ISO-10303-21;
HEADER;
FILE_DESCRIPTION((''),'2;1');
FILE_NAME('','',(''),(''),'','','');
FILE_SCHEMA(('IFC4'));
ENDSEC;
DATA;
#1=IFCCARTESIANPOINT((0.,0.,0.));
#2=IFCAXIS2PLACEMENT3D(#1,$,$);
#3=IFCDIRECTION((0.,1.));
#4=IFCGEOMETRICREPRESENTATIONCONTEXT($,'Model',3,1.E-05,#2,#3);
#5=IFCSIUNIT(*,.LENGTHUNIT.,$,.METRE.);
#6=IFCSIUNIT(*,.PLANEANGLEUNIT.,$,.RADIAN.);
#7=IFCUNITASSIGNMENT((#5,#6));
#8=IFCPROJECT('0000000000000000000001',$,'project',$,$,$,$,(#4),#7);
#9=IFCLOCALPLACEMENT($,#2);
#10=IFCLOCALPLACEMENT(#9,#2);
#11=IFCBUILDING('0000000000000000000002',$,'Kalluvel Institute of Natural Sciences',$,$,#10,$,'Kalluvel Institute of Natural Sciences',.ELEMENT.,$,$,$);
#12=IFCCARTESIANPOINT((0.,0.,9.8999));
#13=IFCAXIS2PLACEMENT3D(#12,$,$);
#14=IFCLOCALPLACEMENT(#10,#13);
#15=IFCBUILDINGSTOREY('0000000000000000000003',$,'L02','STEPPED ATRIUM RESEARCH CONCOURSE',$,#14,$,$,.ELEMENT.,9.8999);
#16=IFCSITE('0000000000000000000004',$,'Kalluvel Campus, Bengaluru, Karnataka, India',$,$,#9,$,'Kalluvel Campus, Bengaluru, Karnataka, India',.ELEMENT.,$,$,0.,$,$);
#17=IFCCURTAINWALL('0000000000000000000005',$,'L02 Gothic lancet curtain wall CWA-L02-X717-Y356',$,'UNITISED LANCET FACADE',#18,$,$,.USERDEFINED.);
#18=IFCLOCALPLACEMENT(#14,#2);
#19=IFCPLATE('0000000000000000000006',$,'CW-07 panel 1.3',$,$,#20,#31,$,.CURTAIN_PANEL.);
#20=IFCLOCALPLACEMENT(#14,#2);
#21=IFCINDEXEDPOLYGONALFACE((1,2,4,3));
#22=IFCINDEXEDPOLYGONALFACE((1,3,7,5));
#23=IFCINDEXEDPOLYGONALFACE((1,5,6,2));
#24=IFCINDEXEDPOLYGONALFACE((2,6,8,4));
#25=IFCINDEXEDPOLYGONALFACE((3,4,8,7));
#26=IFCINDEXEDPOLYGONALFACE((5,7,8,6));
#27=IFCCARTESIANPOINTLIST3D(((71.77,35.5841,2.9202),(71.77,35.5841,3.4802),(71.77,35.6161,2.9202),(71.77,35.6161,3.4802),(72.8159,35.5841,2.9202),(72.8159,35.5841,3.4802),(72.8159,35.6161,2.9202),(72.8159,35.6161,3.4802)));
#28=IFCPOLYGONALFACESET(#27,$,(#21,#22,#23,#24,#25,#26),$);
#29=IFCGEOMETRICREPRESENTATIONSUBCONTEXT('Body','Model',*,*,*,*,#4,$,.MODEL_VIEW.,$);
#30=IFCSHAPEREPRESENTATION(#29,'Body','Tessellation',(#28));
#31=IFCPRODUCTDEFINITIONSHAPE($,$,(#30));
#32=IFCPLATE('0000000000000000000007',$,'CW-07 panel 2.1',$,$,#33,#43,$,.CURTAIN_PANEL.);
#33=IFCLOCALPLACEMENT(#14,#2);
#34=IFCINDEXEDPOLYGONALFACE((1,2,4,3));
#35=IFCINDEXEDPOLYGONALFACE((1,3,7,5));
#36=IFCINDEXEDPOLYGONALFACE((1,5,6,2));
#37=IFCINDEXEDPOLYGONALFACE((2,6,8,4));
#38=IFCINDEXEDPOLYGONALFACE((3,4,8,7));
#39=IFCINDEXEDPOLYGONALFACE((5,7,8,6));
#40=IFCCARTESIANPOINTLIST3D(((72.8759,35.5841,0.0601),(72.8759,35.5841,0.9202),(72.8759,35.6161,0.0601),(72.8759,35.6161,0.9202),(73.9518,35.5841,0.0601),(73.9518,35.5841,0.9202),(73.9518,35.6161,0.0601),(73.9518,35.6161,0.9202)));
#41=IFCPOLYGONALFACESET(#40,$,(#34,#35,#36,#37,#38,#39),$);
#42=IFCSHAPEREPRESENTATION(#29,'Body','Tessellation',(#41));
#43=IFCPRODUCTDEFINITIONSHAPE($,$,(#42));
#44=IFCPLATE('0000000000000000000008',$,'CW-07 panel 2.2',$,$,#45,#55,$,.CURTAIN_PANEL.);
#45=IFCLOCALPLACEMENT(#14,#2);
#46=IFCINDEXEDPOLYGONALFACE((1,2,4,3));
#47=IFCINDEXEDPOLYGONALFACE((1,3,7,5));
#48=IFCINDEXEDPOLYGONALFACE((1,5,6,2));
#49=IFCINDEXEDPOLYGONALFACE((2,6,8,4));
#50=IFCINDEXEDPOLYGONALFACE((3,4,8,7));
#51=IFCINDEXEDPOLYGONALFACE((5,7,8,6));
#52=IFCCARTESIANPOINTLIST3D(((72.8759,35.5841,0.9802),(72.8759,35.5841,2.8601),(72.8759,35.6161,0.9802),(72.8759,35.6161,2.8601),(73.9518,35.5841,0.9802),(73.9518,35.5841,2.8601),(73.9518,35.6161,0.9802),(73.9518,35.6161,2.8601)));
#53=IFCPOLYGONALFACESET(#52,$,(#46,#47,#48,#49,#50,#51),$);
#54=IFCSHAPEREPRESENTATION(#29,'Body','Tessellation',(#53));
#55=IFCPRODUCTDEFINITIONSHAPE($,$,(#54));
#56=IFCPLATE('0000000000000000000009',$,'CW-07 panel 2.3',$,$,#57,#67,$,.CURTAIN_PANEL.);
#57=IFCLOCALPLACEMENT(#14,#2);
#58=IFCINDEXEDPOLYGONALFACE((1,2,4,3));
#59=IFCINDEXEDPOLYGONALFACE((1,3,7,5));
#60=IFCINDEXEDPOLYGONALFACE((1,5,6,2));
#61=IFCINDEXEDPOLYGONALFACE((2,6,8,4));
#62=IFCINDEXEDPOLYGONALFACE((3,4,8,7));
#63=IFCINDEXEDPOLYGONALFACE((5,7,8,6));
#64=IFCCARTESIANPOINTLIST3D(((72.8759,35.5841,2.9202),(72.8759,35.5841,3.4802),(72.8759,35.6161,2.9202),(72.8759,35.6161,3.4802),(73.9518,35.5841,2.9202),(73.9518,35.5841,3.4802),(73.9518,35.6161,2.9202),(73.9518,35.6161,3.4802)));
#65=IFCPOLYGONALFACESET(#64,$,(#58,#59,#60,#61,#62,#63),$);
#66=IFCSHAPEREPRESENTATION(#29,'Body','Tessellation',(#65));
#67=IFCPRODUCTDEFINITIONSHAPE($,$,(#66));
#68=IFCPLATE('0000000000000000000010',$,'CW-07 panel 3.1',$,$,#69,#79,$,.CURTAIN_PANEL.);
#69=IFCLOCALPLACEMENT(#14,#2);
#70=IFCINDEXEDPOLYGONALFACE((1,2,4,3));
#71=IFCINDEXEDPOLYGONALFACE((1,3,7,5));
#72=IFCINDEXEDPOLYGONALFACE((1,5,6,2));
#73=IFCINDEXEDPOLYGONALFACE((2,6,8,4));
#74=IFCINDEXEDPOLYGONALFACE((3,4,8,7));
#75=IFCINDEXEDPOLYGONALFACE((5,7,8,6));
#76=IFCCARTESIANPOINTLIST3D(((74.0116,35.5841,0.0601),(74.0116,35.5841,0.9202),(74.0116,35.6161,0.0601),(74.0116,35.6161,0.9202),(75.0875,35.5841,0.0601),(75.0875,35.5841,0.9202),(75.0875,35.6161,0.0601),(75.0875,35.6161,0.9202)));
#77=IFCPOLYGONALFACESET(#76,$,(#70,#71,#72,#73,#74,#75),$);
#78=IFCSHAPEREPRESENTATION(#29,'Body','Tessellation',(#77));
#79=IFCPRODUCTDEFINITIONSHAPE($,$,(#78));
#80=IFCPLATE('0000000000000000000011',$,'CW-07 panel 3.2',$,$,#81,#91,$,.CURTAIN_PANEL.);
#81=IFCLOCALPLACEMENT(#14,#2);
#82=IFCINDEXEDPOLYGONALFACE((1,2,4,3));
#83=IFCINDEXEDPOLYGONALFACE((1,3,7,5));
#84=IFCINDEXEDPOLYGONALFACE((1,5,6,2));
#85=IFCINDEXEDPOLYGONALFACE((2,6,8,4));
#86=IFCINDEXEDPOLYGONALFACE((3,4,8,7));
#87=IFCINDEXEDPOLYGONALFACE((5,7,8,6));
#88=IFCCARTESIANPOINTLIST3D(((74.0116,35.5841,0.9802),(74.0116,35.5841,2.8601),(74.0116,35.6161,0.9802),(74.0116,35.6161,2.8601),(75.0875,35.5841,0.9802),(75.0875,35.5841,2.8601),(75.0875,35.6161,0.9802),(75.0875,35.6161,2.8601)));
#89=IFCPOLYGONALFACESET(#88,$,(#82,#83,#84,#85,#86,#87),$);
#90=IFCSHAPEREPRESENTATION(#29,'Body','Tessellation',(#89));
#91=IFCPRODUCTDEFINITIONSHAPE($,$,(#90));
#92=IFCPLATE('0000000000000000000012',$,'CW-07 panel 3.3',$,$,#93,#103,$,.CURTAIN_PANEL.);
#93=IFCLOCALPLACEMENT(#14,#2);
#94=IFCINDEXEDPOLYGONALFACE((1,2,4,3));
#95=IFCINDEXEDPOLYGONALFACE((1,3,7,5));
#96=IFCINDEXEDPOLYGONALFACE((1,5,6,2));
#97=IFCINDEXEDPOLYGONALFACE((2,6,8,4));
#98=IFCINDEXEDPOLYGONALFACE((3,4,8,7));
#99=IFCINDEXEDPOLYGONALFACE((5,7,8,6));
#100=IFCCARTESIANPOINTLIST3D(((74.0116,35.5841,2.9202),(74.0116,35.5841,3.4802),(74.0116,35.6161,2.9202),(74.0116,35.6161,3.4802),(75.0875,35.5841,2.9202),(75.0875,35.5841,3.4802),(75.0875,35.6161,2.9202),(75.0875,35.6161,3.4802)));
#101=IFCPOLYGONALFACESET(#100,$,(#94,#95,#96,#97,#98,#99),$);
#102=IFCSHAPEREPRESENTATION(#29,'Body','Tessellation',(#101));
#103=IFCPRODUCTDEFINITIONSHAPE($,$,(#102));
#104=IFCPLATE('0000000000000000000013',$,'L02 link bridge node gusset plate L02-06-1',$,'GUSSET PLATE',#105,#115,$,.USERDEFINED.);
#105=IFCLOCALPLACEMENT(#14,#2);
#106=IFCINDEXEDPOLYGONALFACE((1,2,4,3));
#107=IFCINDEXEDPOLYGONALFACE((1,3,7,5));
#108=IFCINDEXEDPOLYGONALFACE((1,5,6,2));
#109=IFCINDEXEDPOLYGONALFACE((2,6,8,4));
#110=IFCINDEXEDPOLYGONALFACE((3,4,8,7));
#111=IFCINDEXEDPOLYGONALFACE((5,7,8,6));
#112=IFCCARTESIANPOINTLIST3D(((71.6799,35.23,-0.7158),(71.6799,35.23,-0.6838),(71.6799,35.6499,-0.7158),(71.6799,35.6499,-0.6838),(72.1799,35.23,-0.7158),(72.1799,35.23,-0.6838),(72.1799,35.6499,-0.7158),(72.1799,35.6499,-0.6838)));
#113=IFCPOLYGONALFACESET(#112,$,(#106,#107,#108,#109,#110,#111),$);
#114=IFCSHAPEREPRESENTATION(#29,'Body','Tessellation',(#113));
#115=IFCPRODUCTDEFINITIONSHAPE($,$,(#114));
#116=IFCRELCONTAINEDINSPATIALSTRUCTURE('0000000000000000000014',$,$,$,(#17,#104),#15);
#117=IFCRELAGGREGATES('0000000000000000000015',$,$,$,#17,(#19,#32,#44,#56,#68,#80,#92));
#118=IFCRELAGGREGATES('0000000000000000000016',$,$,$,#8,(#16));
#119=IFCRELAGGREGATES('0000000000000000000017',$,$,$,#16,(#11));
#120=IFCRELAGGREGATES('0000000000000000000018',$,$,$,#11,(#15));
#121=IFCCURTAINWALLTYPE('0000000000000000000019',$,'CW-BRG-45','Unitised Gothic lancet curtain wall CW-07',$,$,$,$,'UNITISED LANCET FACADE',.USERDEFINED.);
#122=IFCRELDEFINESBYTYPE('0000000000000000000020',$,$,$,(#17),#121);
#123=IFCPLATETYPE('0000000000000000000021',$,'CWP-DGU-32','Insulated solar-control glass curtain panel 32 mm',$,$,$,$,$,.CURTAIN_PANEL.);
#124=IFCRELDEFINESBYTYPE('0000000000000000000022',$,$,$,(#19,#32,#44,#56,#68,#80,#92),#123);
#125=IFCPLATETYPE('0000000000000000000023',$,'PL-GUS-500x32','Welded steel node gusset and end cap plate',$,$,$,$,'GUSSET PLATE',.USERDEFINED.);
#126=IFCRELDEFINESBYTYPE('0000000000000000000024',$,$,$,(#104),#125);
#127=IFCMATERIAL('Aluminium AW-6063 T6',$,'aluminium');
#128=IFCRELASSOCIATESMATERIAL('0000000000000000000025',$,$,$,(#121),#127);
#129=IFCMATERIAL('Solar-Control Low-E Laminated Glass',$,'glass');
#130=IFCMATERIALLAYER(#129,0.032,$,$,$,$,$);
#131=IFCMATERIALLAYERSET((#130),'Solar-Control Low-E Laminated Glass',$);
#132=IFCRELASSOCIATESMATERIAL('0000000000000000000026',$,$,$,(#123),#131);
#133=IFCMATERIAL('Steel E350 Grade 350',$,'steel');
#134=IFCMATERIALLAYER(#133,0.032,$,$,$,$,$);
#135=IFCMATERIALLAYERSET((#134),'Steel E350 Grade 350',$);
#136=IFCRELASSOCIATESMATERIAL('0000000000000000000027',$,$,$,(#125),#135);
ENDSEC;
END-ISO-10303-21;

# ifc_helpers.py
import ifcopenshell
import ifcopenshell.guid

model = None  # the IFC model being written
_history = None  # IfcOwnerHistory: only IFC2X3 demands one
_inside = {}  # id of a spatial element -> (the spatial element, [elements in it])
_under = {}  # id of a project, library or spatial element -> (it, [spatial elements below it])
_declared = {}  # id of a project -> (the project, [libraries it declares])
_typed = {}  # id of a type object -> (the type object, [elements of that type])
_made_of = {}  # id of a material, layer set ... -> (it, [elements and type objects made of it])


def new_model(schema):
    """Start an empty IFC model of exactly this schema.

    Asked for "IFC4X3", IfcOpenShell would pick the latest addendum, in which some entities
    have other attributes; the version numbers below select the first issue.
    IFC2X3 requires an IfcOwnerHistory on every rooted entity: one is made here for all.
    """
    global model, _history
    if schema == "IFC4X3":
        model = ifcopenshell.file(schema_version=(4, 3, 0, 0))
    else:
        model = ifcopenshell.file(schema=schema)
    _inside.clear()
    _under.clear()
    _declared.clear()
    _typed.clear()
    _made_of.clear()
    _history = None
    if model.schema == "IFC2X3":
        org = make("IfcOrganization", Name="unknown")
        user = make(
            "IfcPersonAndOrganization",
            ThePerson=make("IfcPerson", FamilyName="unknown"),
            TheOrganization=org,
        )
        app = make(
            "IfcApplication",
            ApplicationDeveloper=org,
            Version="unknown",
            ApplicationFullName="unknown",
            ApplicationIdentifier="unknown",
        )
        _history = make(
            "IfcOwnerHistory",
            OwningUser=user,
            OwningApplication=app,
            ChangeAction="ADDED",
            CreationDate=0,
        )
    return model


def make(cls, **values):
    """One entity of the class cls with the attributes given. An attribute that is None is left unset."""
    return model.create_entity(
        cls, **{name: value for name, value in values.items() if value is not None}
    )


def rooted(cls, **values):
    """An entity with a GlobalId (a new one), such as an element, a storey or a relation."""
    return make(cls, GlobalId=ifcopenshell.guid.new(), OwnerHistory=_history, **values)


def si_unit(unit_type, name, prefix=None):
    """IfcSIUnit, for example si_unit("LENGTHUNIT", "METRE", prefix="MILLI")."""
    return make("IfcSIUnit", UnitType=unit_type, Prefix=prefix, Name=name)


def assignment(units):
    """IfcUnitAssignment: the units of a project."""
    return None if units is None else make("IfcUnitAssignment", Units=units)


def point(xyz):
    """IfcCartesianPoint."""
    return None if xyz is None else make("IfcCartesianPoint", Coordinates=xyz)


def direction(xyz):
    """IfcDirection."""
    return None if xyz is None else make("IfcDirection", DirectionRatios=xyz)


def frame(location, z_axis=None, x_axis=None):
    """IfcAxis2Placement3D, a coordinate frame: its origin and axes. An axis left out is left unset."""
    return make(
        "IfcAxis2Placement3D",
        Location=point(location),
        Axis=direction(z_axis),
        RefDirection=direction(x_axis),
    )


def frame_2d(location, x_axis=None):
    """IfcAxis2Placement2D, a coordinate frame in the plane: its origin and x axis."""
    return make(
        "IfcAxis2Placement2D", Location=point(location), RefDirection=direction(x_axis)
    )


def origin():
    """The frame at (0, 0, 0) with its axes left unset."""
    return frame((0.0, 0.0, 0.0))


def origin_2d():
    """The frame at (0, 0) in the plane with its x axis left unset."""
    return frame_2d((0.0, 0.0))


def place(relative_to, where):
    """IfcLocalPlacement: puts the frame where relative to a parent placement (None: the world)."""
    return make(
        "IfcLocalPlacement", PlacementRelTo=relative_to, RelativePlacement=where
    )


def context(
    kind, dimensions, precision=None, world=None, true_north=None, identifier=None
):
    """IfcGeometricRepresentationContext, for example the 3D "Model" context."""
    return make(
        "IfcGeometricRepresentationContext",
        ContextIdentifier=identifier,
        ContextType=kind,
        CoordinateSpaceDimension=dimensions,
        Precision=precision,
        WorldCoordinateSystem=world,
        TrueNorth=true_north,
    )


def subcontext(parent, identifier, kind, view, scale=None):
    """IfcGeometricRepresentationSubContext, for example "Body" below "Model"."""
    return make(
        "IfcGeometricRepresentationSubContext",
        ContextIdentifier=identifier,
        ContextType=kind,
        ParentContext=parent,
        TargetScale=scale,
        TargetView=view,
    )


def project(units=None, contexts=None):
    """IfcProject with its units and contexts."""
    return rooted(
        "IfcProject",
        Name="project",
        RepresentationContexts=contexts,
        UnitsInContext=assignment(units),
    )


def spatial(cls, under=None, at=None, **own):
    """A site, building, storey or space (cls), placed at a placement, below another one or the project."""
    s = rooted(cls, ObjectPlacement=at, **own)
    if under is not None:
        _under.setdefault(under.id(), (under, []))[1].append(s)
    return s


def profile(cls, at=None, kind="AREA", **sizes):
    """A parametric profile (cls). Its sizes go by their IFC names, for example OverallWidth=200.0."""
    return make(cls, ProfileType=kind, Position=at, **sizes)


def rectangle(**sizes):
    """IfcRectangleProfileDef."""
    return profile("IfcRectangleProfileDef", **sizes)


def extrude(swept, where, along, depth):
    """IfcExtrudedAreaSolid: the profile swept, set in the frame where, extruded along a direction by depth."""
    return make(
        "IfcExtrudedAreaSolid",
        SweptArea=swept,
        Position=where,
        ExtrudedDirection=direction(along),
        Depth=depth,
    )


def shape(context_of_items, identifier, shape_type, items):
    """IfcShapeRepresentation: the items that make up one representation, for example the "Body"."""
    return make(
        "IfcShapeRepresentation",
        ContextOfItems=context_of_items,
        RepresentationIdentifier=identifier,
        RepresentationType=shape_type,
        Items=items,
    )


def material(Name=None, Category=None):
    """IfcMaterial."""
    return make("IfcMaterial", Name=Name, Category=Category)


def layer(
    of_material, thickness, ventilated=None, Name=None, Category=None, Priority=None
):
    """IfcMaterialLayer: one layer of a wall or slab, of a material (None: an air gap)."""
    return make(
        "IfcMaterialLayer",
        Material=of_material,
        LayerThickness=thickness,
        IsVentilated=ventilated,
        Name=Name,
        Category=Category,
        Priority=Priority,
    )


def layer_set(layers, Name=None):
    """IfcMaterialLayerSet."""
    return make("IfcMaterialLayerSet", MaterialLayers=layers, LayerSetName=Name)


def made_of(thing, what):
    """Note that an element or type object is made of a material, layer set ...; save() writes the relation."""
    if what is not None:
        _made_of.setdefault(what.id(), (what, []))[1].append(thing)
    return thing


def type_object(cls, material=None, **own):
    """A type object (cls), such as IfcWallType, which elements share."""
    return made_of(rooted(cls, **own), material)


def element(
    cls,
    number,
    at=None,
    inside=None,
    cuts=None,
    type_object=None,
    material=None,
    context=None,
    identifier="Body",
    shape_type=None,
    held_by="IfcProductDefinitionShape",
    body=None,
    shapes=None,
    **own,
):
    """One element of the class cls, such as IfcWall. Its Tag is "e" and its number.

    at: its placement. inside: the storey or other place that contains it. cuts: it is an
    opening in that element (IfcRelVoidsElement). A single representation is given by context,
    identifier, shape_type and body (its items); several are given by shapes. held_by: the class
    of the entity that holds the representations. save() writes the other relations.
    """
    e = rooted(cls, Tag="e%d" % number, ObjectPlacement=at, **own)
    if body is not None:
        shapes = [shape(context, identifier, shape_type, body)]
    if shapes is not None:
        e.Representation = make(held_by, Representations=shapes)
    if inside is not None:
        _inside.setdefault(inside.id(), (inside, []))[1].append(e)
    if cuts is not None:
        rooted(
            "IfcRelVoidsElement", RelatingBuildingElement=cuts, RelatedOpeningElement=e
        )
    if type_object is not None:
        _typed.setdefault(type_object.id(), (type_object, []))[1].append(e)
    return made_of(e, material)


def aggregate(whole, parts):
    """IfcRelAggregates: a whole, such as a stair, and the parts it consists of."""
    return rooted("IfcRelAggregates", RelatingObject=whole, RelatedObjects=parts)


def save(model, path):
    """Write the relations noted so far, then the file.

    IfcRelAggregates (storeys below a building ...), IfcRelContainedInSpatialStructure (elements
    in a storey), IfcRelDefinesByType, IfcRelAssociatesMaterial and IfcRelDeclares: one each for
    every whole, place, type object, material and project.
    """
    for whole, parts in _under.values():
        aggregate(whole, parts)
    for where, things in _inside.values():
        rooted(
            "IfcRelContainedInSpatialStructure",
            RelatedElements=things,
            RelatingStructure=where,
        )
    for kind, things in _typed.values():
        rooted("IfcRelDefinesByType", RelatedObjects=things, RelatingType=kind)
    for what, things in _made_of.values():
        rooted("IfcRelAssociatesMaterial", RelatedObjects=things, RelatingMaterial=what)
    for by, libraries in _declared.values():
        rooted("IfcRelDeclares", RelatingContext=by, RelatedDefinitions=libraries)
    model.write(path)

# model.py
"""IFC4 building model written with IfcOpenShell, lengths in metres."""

from ifc_helpers import new_model, si_unit, direction, frame, origin, origin_2d, place, context, subcontext, project, spatial, rectangle, extrude, material, layer, layer_set, type_object, element, aggregate, save


model = new_model("IFC4")

# Units and contexts
model_context = context("Model", 3, precision=1e-05, world=origin(), true_north=direction((0.0, 1.0)))
body_context = subcontext(model_context, "Body", "Model", "MODEL_VIEW")
ifc_project = project(units=[si_unit("LENGTHUNIT", "METRE"), si_unit("PLANEANGLEUNIT", "RADIAN")], contexts=[model_context])

# Site, building, storey
site_placement = place(None, origin())
site = spatial("IfcSite", under=ifc_project, at=site_placement, Name="Kalluvel Campus, Bengaluru, Karnataka, India", LongName="Kalluvel Campus, Bengaluru, Karnataka, India", CompositionType="ELEMENT", RefElevation=0.0)
building_placement = place(site_placement, origin())
building = spatial("IfcBuilding", under=site, at=building_placement, Name="Kalluvel Institute of Natural Sciences", LongName="Kalluvel Institute of Natural Sciences", CompositionType="ELEMENT")
storey_placement = place(building_placement, frame((0.0, 0.0, 9.8999)))
storey = spatial("IfcBuildingStorey", under=building, at=storey_placement, Name="L02", Description="STEPPED ATRIUM RESEARCH CONCOURSE", CompositionType="ELEMENT", Elevation=9.8999)

# Curtain wall
ifc_material_1 = material(Name="Aluminium AW-6063 T6", Category="aluminium")
curtain_wall_type = type_object("IfcCurtainWallType", Name="CW-BRG-45", Description="Unitised Gothic lancet curtain wall CW-07", ElementType="UNITISED LANCET FACADE", PredefinedType="USERDEFINED", material=ifc_material_1)
curtain_wall_placement = place(storey_placement, origin())
curtain_wall = element("IfcCurtainWall", 1, at=curtain_wall_placement, inside=storey, type_object=curtain_wall_type, Name="L02 Gothic lancet curtain wall CWA-L02-X717-Y356", ObjectType="UNITISED LANCET FACADE", PredefinedType="USERDEFINED")

# Shared definitions
ifc_material_2 = material(Name="Steel E350 Grade 350", Category="steel")

# Plates
ifc_material_3 = material(Name="Solar-Control Low-E Laminated Glass", Category="glass")
ifc_layer_1 = layer(ifc_material_3, 0.032)
ifc_layer_set_1 = layer_set([ifc_layer_1], Name="Solar-Control Low-E Laminated Glass")
plate_type_1 = type_object("IfcPlateType", Name="CWP-DGU-32", Description="Insulated solar-control glass curtain panel 32 mm", PredefinedType="CURTAIN_PANEL", material=ifc_layer_set_1)
plate_1_placement = place(storey_placement, frame((72.293, 35.6001, 2.9202), z_axis=(0.0, 0.0, 1.0), x_axis=(1.0, 0.0, 0.0)))
plate_1 = element("IfcPlate", 2, at=plate_1_placement, type_object=plate_type_1, Name="CW-07 panel 1.3", PredefinedType="CURTAIN_PANEL", context=body_context, shape_type="SweptSolid", body=[
    extrude(rectangle(XDim=1.0459, YDim=0.032, at=origin_2d()), origin(), (0.0, 0.0, 1.0), 0.5601),
])
plate_2_placement = place(storey_placement, frame((73.4138, 35.6001, 0.0601), z_axis=(0.0, 0.0, 1.0), x_axis=(1.0, 0.0, 0.0)))
plate_2 = element("IfcPlate", 3, at=plate_2_placement, type_object=plate_type_1, Name="CW-07 panel 2.1", PredefinedType="CURTAIN_PANEL", context=body_context, shape_type="SweptSolid", body=[
    extrude(rectangle(XDim=1.0759, YDim=0.032, at=origin_2d()), origin(), (0.0, 0.0, 1.0), 0.8601),
])
plate_3_placement = place(storey_placement, frame((73.4138, 35.6001, 0.9802), z_axis=(0.0, 0.0, 1.0), x_axis=(1.0, 0.0, 0.0)))
plate_3 = element("IfcPlate", 4, at=plate_3_placement, type_object=plate_type_1, Name="CW-07 panel 2.2", PredefinedType="CURTAIN_PANEL", context=body_context, shape_type="SweptSolid", body=[
    extrude(rectangle(XDim=1.0759, YDim=0.032, at=origin_2d()), origin(), (0.0, 0.0, 1.0), 1.8799),
])
plate_4_placement = place(storey_placement, frame((73.4138, 35.6001, 2.9202), z_axis=(0.0, 0.0, 1.0), x_axis=(1.0, 0.0, 0.0)))
plate_4 = element("IfcPlate", 5, at=plate_4_placement, type_object=plate_type_1, Name="CW-07 panel 2.3", PredefinedType="CURTAIN_PANEL", context=body_context, shape_type="SweptSolid", body=[
    extrude(rectangle(XDim=1.0759, YDim=0.032, at=origin_2d()), origin(), (0.0, 0.0, 1.0), 0.5601),
])
plate_5_placement = place(storey_placement, frame((74.5496, 35.6001, 0.0601), z_axis=(0.0, 0.0, 1.0), x_axis=(1.0, 0.0, 0.0)))
plate_5 = element("IfcPlate", 6, at=plate_5_placement, type_object=plate_type_1, Name="CW-07 panel 3.1", PredefinedType="CURTAIN_PANEL", context=body_context, shape_type="SweptSolid", body=[
    extrude(rectangle(XDim=1.0759, YDim=0.032, at=origin_2d()), origin(), (0.0, 0.0, 1.0), 0.8601),
])
plate_6_placement = place(storey_placement, frame((74.5496, 35.6001, 0.9802), z_axis=(0.0, 0.0, 1.0), x_axis=(1.0, 0.0, 0.0)))
plate_6 = element("IfcPlate", 7, at=plate_6_placement, type_object=plate_type_1, Name="CW-07 panel 3.2", PredefinedType="CURTAIN_PANEL", context=body_context, shape_type="SweptSolid", body=[
    extrude(rectangle(XDim=1.0759, YDim=0.032, at=origin_2d()), origin(), (0.0, 0.0, 1.0), 1.8799),
])
plate_7_placement = place(storey_placement, frame((74.5496, 35.6001, 2.9202), z_axis=(0.0, 0.0, 1.0), x_axis=(1.0, 0.0, 0.0)))
plate_7 = element("IfcPlate", 8, at=plate_7_placement, type_object=plate_type_1, Name="CW-07 panel 3.3", PredefinedType="CURTAIN_PANEL", context=body_context, shape_type="SweptSolid", body=[
    extrude(rectangle(XDim=1.0759, YDim=0.032, at=origin_2d()), origin(), (0.0, 0.0, 1.0), 0.5601),
])
aggregate(curtain_wall, [plate_1, plate_2, plate_3, plate_4, plate_5, plate_6, plate_7])
ifc_layer_2 = layer(ifc_material_2, 0.032)
ifc_layer_set_2 = layer_set([ifc_layer_2], Name="Steel E350 Grade 350")
plate_type_2 = type_object("IfcPlateType", Name="PL-GUS-500x32", Description="Welded steel node gusset and end cap plate", ElementType="GUSSET PLATE", PredefinedType="USERDEFINED", material=ifc_layer_set_2)
plate_8_placement = place(storey_placement, frame((71.9299, 35.4399, -0.7158), z_axis=(0.0, 0.0, 1.0), x_axis=(1.0, 0.0, 0.0)))
element("IfcPlate", 9, at=plate_8_placement, inside=storey, type_object=plate_type_2, Name="L02 link bridge node gusset plate L02-06-1", ObjectType="GUSSET PLATE", PredefinedType="USERDEFINED", context=body_context, shape_type="SweptSolid", body=[
    extrude(rectangle(XDim=0.5, YDim=0.4199, at=origin_2d()), origin(), (0.0, 0.0, 1.0), 0.032),
])

save(model, "model.ifc")
